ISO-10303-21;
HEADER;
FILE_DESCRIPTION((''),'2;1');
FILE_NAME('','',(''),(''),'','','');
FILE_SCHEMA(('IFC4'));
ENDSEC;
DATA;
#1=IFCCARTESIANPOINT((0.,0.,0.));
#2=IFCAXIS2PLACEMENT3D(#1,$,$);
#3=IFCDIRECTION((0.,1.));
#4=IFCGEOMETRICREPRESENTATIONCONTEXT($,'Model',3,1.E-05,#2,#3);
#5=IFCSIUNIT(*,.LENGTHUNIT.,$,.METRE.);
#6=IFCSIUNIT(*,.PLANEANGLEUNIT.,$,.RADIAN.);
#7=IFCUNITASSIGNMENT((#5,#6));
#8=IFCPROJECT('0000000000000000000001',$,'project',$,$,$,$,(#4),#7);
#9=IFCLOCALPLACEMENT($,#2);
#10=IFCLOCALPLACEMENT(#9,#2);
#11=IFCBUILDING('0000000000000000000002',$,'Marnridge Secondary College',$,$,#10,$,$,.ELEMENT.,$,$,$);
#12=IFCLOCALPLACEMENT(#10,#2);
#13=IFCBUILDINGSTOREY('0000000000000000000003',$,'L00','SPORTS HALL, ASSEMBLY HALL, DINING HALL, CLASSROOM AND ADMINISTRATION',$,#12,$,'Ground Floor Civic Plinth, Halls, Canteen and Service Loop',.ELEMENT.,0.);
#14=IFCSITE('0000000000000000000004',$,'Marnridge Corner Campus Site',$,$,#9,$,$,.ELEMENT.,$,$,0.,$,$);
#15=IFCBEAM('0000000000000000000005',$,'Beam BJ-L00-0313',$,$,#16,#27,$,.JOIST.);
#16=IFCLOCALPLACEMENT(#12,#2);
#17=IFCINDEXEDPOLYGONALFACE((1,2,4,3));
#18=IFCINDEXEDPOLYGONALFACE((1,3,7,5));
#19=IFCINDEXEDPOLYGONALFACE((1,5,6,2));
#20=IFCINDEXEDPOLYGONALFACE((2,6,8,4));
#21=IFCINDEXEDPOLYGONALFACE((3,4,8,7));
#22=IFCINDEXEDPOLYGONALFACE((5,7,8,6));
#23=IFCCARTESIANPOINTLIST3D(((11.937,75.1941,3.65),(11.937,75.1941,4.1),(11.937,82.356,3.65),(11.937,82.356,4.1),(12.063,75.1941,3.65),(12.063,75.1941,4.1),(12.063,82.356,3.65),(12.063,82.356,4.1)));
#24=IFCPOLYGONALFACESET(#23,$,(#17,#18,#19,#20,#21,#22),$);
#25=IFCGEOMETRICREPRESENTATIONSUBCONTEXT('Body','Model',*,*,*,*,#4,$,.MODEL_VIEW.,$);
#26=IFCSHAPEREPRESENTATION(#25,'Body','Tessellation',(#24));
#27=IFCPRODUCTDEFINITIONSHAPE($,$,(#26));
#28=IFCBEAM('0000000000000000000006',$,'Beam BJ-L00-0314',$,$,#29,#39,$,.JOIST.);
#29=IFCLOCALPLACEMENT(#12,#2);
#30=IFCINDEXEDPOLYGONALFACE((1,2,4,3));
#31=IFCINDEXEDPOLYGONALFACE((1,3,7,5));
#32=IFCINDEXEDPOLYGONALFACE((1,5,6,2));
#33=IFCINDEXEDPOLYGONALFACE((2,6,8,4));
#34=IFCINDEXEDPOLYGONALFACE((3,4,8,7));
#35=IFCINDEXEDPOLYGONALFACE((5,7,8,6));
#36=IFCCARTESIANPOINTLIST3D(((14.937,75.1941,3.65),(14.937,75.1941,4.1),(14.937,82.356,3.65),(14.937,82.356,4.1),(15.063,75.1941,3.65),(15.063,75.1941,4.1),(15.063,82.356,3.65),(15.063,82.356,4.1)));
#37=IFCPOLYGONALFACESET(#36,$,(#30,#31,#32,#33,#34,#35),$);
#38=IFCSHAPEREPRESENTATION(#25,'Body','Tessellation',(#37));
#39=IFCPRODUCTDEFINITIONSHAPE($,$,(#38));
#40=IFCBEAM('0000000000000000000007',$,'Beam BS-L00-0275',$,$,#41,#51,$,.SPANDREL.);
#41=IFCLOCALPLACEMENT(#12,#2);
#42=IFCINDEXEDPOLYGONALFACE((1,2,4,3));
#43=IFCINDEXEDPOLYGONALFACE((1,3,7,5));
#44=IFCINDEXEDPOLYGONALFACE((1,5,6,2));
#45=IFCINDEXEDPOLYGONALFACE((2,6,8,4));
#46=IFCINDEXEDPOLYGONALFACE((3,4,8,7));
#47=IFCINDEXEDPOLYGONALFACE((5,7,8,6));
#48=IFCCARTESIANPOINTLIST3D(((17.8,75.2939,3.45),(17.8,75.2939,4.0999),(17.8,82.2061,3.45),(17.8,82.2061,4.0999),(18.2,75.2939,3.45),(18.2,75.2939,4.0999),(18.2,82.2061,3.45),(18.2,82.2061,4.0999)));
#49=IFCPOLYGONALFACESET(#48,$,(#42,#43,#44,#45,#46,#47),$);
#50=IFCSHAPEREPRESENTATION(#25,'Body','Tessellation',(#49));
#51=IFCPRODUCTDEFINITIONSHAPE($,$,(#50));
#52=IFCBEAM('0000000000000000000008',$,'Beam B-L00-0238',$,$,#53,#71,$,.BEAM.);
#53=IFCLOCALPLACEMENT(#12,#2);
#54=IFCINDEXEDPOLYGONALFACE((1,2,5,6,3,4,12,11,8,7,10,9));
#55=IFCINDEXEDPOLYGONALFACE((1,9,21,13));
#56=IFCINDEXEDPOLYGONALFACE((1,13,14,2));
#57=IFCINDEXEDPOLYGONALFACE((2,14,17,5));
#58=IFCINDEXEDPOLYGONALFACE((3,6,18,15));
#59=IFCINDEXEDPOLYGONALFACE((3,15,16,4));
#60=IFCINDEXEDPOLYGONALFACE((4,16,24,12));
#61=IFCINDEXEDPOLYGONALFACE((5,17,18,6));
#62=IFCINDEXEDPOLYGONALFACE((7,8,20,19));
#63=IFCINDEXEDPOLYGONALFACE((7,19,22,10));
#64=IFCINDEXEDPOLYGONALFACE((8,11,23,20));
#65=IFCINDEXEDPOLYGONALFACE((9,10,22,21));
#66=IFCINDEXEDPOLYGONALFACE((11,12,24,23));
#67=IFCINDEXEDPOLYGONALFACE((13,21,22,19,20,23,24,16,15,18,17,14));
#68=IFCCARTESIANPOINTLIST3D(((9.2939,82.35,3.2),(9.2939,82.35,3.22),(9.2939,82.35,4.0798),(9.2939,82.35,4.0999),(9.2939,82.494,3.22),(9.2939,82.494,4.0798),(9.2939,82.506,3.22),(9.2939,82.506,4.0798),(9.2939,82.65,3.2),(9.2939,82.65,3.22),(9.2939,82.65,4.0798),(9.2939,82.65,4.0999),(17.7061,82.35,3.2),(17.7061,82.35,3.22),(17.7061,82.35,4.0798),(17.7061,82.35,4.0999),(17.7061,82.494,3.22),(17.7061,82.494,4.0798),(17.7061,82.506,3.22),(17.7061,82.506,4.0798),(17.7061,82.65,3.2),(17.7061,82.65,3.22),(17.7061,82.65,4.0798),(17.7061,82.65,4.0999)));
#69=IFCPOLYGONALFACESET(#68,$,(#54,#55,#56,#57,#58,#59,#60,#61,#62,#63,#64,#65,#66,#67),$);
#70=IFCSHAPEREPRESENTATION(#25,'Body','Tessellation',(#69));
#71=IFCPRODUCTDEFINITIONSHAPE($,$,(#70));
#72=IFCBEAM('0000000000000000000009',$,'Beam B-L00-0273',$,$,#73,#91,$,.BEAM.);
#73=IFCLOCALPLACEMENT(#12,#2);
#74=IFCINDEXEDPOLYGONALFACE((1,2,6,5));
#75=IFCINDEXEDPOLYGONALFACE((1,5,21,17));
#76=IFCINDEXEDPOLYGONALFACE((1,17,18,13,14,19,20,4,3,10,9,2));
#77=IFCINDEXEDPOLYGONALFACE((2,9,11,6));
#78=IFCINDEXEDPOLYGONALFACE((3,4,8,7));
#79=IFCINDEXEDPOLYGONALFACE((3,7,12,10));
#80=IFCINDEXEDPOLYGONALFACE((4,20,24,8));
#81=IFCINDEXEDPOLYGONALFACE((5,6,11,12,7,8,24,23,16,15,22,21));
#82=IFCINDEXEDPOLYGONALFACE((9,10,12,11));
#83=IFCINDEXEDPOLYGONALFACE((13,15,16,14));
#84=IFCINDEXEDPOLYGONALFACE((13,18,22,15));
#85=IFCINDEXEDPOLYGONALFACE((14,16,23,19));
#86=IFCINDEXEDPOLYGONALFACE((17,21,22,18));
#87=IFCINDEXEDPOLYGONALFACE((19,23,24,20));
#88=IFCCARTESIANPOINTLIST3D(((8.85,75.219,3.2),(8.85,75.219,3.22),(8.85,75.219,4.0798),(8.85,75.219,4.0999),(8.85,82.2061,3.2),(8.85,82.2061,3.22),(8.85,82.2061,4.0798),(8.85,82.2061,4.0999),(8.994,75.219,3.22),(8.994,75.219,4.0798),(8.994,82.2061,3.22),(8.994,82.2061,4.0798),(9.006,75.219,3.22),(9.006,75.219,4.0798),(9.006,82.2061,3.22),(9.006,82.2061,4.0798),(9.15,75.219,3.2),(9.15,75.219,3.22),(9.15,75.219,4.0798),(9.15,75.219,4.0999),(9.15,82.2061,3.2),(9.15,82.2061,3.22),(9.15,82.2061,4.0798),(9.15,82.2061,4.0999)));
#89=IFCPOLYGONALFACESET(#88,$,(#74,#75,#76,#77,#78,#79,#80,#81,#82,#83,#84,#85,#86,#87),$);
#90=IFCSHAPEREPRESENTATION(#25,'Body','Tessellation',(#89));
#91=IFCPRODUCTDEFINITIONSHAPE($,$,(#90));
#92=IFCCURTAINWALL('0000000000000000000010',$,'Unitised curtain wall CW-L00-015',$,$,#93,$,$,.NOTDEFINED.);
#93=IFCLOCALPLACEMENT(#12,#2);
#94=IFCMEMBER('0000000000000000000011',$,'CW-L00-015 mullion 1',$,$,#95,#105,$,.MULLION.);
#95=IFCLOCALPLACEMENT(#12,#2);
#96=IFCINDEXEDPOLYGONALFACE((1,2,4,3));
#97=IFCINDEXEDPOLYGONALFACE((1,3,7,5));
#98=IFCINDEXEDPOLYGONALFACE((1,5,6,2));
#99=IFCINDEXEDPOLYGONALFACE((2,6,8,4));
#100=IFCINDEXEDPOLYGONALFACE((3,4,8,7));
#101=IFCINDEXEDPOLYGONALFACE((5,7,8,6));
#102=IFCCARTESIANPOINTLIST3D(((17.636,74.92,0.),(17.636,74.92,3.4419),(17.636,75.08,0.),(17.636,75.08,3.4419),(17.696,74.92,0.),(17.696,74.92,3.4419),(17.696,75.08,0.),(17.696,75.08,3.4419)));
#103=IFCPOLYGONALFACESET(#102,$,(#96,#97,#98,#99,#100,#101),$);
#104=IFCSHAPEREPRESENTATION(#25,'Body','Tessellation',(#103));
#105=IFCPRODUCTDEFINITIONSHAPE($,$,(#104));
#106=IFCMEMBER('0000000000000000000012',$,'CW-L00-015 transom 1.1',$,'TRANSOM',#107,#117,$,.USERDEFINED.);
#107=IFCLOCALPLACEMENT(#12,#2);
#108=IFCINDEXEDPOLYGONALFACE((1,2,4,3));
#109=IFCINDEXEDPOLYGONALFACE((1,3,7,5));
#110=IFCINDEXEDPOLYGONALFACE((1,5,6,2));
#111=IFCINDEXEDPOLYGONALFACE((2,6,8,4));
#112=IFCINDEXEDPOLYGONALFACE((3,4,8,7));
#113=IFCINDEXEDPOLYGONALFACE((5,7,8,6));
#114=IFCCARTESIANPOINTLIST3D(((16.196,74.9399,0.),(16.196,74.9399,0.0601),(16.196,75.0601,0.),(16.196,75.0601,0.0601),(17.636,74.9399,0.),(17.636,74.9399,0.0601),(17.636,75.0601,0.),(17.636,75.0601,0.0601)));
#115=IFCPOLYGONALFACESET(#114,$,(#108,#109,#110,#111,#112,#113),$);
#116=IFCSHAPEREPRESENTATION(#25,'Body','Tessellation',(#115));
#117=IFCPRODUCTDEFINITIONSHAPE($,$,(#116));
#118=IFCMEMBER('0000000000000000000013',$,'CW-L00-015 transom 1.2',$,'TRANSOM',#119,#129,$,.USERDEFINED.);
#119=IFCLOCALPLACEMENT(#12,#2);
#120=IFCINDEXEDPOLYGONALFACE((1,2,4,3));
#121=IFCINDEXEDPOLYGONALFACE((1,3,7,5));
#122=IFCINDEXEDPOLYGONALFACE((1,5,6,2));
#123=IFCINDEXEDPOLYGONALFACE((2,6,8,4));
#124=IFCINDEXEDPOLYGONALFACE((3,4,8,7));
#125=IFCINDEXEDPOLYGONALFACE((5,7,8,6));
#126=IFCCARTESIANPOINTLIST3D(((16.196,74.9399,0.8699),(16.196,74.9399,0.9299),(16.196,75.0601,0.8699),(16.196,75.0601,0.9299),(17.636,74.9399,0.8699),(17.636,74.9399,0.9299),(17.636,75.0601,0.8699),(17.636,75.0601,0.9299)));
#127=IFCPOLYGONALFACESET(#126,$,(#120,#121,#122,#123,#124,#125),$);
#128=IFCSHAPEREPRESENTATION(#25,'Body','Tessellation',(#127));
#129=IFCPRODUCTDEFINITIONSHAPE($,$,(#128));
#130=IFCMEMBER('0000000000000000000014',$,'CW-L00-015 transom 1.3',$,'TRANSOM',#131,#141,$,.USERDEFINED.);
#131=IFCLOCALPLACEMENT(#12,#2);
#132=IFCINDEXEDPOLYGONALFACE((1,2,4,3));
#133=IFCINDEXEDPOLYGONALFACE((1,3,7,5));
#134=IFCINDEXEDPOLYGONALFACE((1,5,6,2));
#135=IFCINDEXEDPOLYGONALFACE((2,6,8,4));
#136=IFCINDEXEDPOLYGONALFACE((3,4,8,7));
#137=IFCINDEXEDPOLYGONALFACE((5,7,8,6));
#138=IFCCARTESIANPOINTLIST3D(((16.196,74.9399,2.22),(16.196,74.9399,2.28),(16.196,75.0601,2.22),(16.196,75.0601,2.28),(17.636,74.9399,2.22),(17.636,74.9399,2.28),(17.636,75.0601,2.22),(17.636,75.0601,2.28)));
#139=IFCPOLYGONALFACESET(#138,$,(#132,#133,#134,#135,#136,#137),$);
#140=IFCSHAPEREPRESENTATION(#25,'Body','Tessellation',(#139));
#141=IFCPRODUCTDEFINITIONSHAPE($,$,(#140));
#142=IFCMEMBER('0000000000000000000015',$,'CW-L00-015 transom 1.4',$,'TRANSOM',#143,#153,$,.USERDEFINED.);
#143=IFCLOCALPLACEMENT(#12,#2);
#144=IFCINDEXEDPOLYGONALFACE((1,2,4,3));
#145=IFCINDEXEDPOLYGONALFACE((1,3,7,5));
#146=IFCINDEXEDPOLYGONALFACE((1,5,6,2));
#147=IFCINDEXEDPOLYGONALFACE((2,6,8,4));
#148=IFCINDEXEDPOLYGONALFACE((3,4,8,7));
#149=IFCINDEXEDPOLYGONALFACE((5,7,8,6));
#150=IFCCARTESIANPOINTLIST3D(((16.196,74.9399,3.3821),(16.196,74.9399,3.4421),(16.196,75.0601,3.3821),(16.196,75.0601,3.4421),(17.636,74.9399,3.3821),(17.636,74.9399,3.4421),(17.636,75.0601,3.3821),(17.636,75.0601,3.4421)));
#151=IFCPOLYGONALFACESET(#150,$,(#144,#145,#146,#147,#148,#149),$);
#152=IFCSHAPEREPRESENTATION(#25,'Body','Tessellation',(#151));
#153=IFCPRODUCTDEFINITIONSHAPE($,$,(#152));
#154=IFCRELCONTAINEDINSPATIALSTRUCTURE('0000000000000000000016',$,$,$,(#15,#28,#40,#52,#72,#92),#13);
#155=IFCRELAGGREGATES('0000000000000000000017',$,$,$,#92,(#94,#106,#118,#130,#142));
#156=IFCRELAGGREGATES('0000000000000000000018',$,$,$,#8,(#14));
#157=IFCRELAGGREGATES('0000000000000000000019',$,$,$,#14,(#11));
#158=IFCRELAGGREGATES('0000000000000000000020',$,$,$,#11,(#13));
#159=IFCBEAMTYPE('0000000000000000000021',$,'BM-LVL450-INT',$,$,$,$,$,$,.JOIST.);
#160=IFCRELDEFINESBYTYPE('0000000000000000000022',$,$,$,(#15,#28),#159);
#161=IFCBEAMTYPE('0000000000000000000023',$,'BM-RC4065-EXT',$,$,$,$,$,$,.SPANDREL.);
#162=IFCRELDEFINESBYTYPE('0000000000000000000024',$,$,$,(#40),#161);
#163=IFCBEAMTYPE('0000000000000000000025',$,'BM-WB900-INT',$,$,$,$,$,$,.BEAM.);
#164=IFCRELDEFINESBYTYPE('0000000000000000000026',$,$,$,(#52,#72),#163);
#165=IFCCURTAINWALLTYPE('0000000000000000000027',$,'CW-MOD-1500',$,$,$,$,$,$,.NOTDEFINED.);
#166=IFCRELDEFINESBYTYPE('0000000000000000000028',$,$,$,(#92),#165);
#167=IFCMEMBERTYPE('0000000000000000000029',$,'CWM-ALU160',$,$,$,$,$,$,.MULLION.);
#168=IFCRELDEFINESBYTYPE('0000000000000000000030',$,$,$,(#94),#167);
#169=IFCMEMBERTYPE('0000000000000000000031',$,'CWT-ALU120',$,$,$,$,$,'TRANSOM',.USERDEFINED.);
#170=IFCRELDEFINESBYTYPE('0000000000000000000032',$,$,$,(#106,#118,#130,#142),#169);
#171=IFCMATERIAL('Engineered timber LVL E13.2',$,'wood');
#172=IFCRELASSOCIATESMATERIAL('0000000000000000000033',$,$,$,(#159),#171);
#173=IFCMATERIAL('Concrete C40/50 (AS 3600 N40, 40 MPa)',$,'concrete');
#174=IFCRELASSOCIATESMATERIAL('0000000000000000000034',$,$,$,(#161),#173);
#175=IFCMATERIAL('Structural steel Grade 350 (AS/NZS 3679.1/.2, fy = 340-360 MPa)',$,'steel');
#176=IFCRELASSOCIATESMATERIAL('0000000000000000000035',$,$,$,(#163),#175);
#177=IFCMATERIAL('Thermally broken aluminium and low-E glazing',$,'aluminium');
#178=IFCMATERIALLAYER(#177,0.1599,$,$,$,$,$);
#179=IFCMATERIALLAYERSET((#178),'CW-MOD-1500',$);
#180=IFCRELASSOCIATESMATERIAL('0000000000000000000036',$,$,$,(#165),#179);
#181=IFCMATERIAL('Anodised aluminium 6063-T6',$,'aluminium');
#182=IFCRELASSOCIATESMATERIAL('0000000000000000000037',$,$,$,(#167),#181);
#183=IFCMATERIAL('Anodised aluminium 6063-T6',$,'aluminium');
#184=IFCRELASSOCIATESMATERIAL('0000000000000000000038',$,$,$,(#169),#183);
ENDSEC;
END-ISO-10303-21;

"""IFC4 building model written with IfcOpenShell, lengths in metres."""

from ifc_helpers import new_model, si_unit, direction, frame, origin, origin_2d, place, context, subcontext, project, spatial, rectangle, i_section, extrude, material, layer, layer_set, material_profile, profile_set, type_object, element, aggregate, save


model = new_model("IFC4")

# Units and contexts
model_context = context("Model", 3, precision=1e-05, world=origin(), true_north=direction((0.0, 1.0)))
body_context = subcontext(model_context, "Body", "Model", "MODEL_VIEW")
ifc_project = project(units=[si_unit("LENGTHUNIT", "METRE"), si_unit("PLANEANGLEUNIT", "RADIAN")], contexts=[model_context])

# Site, building, storey
site_placement = place(None, origin())
site = spatial("IfcSite", under=ifc_project, at=site_placement, Name="Marnridge Corner Campus Site", CompositionType="ELEMENT", RefElevation=0.0)
building_placement = place(site_placement, origin())
building = spatial("IfcBuilding", under=site, at=building_placement, Name="Marnridge Secondary College", CompositionType="ELEMENT")
storey_placement = place(building_placement, origin())
storey = spatial("IfcBuildingStorey", under=building, at=storey_placement, Name="L00", Description="SPORTS HALL, ASSEMBLY HALL, DINING HALL, CLASSROOM AND ADMINISTRATION", LongName="Ground Floor Civic Plinth, Halls, Canteen and Service Loop", CompositionType="ELEMENT", Elevation=0.0)

# Beams
ifc_material_1 = material(Name="Engineered timber LVL E13.2", Category="wood")
ifc_material_profile_1 = material_profile(ifc_material_1, rectangle(XDim=0.126, YDim=0.45, at=origin_2d()), Name="LVL 126x450")
ifc_profile_set_1 = profile_set([ifc_material_profile_1], Name="Engineered timber LVL E13.2")
beam_type_1 = type_object("IfcBeamType", Name="BM-LVL450-INT", PredefinedType="JOIST", material=ifc_profile_set_1)
for number, where, z_axis, x_axis, name in (
    (1, (12.0, 75.1941, 3.875), (0.0, 1.0, 0.0), (-1.0, 0.0, 0.0), "Beam BJ-L00-0313"),
    (2, (15.0, 75.1941, 3.875), (0.0, 1.0, 0.0), (-1.0, 0.0, 0.0), "Beam BJ-L00-0314"),
):
    element("IfcBeam", number, at=place(storey_placement, frame(where, z_axis=z_axis, x_axis=x_axis)), inside=storey, type_object=beam_type_1, Name=name, PredefinedType="JOIST", context=body_context, shape_type="SweptSolid", body=[
        extrude(rectangle(XDim=0.126, YDim=0.45, at=origin_2d()), origin(), (0.0, 0.0, 1.0), 7.1619),
    ])
ifc_material_2 = material(Name="Concrete C40/50 (AS 3600 N40, 40 MPa)", Category="concrete")
ifc_material_profile_2 = material_profile(ifc_material_2, rectangle(XDim=0.3999, YDim=0.6499, at=origin_2d()), Name="RC 400x650")
ifc_profile_set_2 = profile_set([ifc_material_profile_2], Name="Concrete C40/50 (AS 3600 N40, 40 MPa)")
beam_type_2 = type_object("IfcBeamType", Name="BM-RC4065-EXT", PredefinedType="SPANDREL", material=ifc_profile_set_2)
beam_1_placement = place(storey_placement, frame((18.0, 75.2939, 3.7749), z_axis=(0.0, 1.0, 0.0), x_axis=(-1.0, 0.0, 0.0)))
element("IfcBeam", 3, at=beam_1_placement, inside=storey, type_object=beam_type_2, Name="Beam BS-L00-0275", PredefinedType="SPANDREL", context=body_context, shape_type="SweptSolid", body=[
    extrude(rectangle(XDim=0.3999, YDim=0.6499, at=origin_2d()), origin(), (0.0, 0.0, 1.0), 6.9121),
])
ifc_material_3 = material(Name="Structural steel Grade 350 (AS/NZS 3679.1/.2, fy = 340-360 MPa)", Category="steel")
ifc_material_profile_3 = material_profile(ifc_material_3, i_section(OverallWidth=0.3, OverallDepth=0.8999, WebThickness=0.012, FlangeThickness=0.02, at=origin_2d()), Name="900WB175")
ifc_profile_set_3 = profile_set([ifc_material_profile_3], Name="Structural steel Grade 350 (AS/NZS 3679.1/.2, fy = 340-360 MPa)")
beam_type_3 = type_object("IfcBeamType", Name="BM-WB900-INT", PredefinedType="BEAM", material=ifc_profile_set_3)
beam_2_placement = place(storey_placement, frame((9.2939, 82.5, 3.6499), z_axis=(1.0, 0.0, 0.0), x_axis=(0.0, 1.0, 0.0)))
element("IfcBeam", 4, at=beam_2_placement, inside=storey, type_object=beam_type_3, Name="Beam B-L00-0238", PredefinedType="BEAM", context=body_context, shape_type="SweptSolid", body=[
    extrude(i_section(OverallWidth=0.3, OverallDepth=0.8999, WebThickness=0.012, FlangeThickness=0.02, at=origin_2d()), origin(), (0.0, 0.0, 1.0), 8.4121),
])
beam_3_placement = place(storey_placement, frame((9.0, 75.219, 3.6499), z_axis=(0.0, 1.0, 0.0), x_axis=(-1.0, 0.0, 0.0)))
element("IfcBeam", 5, at=beam_3_placement, inside=storey, type_object=beam_type_3, Name="Beam B-L00-0273", PredefinedType="BEAM", context=body_context, shape_type="SweptSolid", body=[
    extrude(i_section(OverallWidth=0.3, OverallDepth=0.8999, WebThickness=0.012, FlangeThickness=0.02, at=origin_2d()), origin(), (0.0, 0.0, 1.0), 6.9871),
])

# Curtain wall, members
ifc_material_4 = material(Name="Thermally broken aluminium and low-E glazing", Category="aluminium")
ifc_layer_1 = layer(ifc_material_4, 0.1599)
ifc_layer_set_1 = layer_set([ifc_layer_1], Name="CW-MOD-1500")
curtain_wall_type = type_object("IfcCurtainWallType", Name="CW-MOD-1500", PredefinedType="NOTDEFINED", material=ifc_layer_set_1)
curtain_wall_placement = place(storey_placement, origin())
curtain_wall = element("IfcCurtainWall", 6, at=curtain_wall_placement, inside=storey, type_object=curtain_wall_type, Name="Unitised curtain wall CW-L00-015", PredefinedType="NOTDEFINED")
ifc_material_5 = material(Name="Anodised aluminium 6063-T6", Category="aluminium")
ifc_material_profile_4 = material_profile(ifc_material_5, rectangle(XDim=0.0601, YDim=0.1599, at=origin_2d()), Name="ALU 60x160")
ifc_profile_set_4 = profile_set([ifc_material_profile_4], Name="Anodised aluminium 6063-T6")
member_type_1 = type_object("IfcMemberType", Name="CWM-ALU160", PredefinedType="MULLION", material=ifc_profile_set_4)
member_1_placement = place(storey_placement, frame((17.666, 75.0, 0.0), z_axis=(0.0, 0.0, 1.0), x_axis=(-1.0, 0.0, 0.0)))
member_1 = element("IfcMember", 7, at=member_1_placement, type_object=member_type_1, Name="CW-L00-015 mullion 1", PredefinedType="MULLION", context=body_context, shape_type="SweptSolid", body=[
    extrude(rectangle(XDim=0.0601, YDim=0.1599, at=origin_2d()), origin(), (0.0, 0.0, 1.0), 3.4419),
])
ifc_material_6 = material(Name="Anodised aluminium 6063-T6", Category="aluminium")
ifc_material_profile_5 = material_profile(ifc_material_6, rectangle(XDim=0.0601, YDim=0.1201, at=origin_2d()), Name="ALU 60x120")
ifc_profile_set_5 = profile_set([ifc_material_profile_5], Name="Anodised aluminium 6063-T6")
member_type_2 = type_object("IfcMemberType", Name="CWT-ALU120", ElementType="TRANSOM", PredefinedType="USERDEFINED", material=ifc_profile_set_5)
member_2_placement = place(storey_placement, frame((17.636, 75.0, 0.03), z_axis=(-1.0, 0.0, 0.0), x_axis=(0.0, 0.0, 1.0)))
member_2 = element("IfcMember", 8, at=member_2_placement, type_object=member_type_2, Name="CW-L00-015 transom 1.1", ObjectType="TRANSOM", PredefinedType="USERDEFINED", context=body_context, shape_type="SweptSolid", body=[
    extrude(rectangle(XDim=0.0601, YDim=0.1201, at=origin_2d()), origin(), (0.0, 0.0, 1.0), 1.4399),
])
member_3_placement = place(storey_placement, frame((17.636, 75.0, 0.8999), z_axis=(-1.0, 0.0, 0.0), x_axis=(0.0, 0.0, 1.0)))
member_3 = element("IfcMember", 9, at=member_3_placement, type_object=member_type_2, Name="CW-L00-015 transom 1.2", ObjectType="TRANSOM", PredefinedType="USERDEFINED", context=body_context, shape_type="SweptSolid", body=[
    extrude(rectangle(XDim=0.0601, YDim=0.1201, at=origin_2d()), origin(), (0.0, 0.0, 1.0), 1.4399),
])
member_4_placement = place(storey_placement, frame((17.636, 75.0, 2.25), z_axis=(-1.0, 0.0, 0.0), x_axis=(0.0, 0.0, 1.0)))
member_4 = element("IfcMember", 10, at=member_4_placement, type_object=member_type_2, Name="CW-L00-015 transom 1.3", ObjectType="TRANSOM", PredefinedType="USERDEFINED", context=body_context, shape_type="SweptSolid", body=[
    extrude(rectangle(XDim=0.0601, YDim=0.1201, at=origin_2d()), origin(), (0.0, 0.0, 1.0), 1.4399),
])
member_5_placement = place(storey_placement, frame((17.636, 75.0, 3.4121), z_axis=(-1.0, 0.0, 0.0), x_axis=(0.0, 0.0, 1.0)))
member_5 = element("IfcMember", 11, at=member_5_placement, type_object=member_type_2, Name="CW-L00-015 transom 1.4", ObjectType="TRANSOM", PredefinedType="USERDEFINED", context=body_context, shape_type="SweptSolid", body=[
    extrude(rectangle(XDim=0.0601, YDim=0.1201, at=origin_2d()), origin(), (0.0, 0.0, 1.0), 1.4399),
])
aggregate(curtain_wall, [member_1, member_2, member_3, member_4, member_5])

save(model, "model.ifc")
